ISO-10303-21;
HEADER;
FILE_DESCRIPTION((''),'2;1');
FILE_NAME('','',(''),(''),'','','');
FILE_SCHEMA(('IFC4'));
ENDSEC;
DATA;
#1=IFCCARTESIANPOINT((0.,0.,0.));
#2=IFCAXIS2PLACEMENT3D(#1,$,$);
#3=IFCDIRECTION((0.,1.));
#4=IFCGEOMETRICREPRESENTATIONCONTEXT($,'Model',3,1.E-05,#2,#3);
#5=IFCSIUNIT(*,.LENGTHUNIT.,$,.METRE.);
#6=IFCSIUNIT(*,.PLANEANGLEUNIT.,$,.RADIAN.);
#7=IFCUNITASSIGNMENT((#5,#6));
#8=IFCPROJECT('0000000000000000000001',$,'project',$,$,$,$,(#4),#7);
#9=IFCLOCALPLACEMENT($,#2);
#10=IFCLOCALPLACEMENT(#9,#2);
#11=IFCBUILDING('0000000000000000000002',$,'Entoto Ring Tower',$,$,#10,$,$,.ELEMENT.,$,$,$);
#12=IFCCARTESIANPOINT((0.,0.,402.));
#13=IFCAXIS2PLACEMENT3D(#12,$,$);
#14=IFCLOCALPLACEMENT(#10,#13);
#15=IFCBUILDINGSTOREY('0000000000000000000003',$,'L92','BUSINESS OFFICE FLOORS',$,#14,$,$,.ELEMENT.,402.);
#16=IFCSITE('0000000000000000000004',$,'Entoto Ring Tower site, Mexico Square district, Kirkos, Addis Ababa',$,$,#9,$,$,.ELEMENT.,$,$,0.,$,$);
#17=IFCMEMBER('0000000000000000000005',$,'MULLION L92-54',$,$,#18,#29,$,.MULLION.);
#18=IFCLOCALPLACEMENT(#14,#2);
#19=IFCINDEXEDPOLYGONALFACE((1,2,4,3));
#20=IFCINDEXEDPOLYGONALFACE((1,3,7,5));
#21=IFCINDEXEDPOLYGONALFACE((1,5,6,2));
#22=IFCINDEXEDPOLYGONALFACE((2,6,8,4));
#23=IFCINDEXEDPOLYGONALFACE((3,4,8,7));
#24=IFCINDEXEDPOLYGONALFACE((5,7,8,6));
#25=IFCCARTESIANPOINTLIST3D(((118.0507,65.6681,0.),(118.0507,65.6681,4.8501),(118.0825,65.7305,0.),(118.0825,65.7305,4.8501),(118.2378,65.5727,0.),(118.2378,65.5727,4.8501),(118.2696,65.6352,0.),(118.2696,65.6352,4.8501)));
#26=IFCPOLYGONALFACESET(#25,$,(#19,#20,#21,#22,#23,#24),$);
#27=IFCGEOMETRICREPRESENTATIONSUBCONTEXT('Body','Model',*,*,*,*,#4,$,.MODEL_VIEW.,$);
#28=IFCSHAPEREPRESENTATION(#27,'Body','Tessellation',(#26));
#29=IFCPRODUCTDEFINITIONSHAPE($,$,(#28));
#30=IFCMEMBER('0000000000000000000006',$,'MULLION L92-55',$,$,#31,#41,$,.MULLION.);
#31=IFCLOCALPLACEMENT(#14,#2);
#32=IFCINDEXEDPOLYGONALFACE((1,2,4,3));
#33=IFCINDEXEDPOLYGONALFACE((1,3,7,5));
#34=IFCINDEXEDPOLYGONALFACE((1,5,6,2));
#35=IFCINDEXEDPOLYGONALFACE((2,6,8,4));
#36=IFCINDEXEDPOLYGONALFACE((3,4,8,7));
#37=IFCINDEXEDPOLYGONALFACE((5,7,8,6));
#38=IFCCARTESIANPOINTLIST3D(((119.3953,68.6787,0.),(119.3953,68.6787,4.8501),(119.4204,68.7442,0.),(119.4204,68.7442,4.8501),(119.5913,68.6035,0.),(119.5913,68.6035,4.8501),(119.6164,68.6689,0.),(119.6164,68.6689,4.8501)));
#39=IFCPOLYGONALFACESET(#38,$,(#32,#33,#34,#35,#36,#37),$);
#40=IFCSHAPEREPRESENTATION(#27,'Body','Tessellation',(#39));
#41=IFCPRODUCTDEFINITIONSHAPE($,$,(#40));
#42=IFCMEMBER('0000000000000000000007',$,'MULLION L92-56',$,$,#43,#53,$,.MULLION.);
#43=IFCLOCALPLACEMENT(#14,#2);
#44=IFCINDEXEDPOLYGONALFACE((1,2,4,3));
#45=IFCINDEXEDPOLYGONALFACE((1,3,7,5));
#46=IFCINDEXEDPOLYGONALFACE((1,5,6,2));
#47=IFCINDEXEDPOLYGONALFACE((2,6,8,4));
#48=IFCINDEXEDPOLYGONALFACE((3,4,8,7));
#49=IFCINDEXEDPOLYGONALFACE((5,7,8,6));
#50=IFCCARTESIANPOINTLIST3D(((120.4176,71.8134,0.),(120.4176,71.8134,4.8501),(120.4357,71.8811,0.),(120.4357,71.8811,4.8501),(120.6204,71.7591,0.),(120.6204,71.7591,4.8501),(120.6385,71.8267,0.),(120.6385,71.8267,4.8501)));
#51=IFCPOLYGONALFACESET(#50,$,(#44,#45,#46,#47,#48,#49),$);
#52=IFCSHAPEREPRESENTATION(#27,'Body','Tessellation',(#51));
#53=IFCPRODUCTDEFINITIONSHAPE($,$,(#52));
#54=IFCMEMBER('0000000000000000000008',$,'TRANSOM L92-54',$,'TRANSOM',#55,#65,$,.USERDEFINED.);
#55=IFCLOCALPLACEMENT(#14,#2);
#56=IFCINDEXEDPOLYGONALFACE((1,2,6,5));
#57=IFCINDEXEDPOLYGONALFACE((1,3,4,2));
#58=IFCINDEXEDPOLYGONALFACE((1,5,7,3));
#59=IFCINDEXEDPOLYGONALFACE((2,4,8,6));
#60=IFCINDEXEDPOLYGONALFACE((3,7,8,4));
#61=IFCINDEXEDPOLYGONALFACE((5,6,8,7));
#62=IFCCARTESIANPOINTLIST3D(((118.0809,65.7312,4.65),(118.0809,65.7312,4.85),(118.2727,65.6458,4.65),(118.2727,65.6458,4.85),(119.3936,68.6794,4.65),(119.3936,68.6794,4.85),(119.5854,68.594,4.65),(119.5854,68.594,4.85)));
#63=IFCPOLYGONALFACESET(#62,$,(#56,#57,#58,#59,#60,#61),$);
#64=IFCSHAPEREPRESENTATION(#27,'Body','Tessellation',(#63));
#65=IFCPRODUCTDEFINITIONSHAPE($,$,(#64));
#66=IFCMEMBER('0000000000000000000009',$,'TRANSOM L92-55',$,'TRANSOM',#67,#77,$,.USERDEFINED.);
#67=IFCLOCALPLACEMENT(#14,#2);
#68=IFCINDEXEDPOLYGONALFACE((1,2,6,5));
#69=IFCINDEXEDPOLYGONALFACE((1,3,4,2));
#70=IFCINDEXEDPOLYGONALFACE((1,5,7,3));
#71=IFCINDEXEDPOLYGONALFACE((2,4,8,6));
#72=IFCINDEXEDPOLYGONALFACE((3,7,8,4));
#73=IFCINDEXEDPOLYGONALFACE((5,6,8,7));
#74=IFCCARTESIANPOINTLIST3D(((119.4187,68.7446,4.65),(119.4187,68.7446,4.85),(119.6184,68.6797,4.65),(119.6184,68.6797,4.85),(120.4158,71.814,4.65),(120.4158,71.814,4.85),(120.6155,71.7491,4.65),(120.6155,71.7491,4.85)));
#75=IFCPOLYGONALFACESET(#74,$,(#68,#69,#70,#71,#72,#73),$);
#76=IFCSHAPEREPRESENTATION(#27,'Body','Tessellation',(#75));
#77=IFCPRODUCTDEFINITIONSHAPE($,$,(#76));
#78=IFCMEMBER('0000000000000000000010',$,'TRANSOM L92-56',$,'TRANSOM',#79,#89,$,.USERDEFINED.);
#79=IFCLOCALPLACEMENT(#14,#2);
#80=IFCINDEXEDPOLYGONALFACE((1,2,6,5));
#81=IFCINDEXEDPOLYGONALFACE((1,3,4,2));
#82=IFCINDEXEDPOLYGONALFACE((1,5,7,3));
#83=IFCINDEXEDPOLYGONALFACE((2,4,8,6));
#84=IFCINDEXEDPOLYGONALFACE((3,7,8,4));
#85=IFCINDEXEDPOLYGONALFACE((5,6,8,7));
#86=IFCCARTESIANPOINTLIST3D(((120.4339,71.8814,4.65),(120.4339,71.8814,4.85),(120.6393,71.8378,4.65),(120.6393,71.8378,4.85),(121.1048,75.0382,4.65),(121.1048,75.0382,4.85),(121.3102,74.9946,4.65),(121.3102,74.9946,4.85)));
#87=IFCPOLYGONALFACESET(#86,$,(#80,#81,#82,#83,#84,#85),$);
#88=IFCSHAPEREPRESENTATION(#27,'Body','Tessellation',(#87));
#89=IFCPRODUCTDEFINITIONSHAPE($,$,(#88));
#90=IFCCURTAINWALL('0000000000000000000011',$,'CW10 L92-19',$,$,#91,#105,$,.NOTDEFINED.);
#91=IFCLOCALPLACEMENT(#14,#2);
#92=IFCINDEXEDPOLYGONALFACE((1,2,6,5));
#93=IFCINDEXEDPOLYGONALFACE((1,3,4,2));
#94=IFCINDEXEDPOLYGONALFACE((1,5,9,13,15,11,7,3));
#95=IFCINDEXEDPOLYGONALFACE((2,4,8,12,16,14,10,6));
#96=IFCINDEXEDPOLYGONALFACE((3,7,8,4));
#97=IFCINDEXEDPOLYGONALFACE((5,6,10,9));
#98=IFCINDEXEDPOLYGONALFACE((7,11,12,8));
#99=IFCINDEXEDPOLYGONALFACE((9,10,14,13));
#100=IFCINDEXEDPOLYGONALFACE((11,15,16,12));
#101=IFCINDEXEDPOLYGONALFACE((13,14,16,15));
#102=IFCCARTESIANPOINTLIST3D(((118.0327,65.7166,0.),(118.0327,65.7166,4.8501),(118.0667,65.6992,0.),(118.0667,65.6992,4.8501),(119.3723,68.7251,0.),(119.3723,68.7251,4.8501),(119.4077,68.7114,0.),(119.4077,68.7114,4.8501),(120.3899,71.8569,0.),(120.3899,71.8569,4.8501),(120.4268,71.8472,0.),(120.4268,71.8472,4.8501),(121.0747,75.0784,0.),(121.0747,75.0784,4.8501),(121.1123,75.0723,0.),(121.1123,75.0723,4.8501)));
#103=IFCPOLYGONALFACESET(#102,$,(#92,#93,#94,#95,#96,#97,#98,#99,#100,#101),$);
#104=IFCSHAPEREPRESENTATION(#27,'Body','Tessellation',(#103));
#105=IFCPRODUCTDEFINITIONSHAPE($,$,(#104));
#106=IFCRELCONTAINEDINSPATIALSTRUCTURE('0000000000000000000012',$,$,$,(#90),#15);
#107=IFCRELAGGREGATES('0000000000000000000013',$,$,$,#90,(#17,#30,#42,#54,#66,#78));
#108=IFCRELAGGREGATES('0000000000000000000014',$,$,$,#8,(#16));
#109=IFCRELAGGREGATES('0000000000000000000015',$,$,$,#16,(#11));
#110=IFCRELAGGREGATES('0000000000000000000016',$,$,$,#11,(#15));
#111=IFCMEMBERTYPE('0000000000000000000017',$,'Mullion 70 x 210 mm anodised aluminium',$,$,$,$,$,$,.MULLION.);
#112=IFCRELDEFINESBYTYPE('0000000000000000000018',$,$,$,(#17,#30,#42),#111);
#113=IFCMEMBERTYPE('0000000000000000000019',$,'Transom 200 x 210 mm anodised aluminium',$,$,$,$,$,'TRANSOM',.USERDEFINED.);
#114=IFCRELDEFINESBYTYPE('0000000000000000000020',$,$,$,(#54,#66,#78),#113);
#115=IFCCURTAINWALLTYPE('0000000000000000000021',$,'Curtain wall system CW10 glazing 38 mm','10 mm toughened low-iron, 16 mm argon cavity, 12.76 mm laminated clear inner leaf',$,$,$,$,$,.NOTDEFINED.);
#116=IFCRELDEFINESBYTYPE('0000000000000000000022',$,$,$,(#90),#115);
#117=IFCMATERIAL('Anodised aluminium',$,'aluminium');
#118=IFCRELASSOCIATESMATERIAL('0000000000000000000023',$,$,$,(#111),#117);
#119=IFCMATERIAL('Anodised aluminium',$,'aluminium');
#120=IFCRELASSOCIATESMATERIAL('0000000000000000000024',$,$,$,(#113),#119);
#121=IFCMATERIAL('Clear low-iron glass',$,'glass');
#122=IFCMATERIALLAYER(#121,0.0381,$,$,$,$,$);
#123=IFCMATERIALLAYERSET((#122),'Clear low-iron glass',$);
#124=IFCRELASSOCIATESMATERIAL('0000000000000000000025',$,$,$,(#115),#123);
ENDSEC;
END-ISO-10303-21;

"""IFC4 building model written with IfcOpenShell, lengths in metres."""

from ifc_helpers import new_model, si_unit, direction, frame, origin, origin_2d, place, context, subcontext, project, spatial, polyline, rectangle, outline, extrude, material, layer, layer_set, material_profile, profile_set, type_object, element, aggregate, save


model = new_model("IFC4")

# Units and contexts
model_context = context("Model", 3, precision=1e-05, world=origin(), true_north=direction((0.0, 1.0)))
body_context = subcontext(model_context, "Body", "Model", "MODEL_VIEW")
ifc_project = project(units=[si_unit("LENGTHUNIT", "METRE"), si_unit("PLANEANGLEUNIT", "RADIAN")], contexts=[model_context])

# Members
ifc_material_1 = material(Name="Anodised aluminium", Category="aluminium")
ifc_material_profile_1 = material_profile(ifc_material_1, rectangle(XDim=0.0701, YDim=0.21, at=origin_2d()), Name="Mullion 70 x 210 mm anodised aluminium")
ifc_profile_set_1 = profile_set([ifc_material_profile_1], Name="Anodised aluminium")
member_type_1 = type_object("IfcMemberType", Name="Mullion 70 x 210 mm anodised aluminium", PredefinedType="MULLION", material=ifc_profile_set_1)
site_placement = place(None, origin())
building_placement = place(site_placement, origin())
storey_placement = place(building_placement, frame((0.0, 0.0, 402.0)))
member_1_placement = place(storey_placement, frame((118.1602, 65.6516, 0.0), z_axis=(0.0, 0.0, 1.0), x_axis=(0.45399, 0.891007, 0.0)))
member_1 = element("IfcMember", 1, at=member_1_placement, type_object=member_type_1, Name="MULLION L92-54", PredefinedType="MULLION", context=body_context, shape_type="SweptSolid", body=[
    extrude(rectangle(XDim=0.0701, YDim=0.21, at=origin_2d()), origin(), (0.0, 0.0, 1.0), 4.8501),
])
member_2_placement = place(storey_placement, frame((119.5059, 68.6738, 0.0), z_axis=(0.0, 0.0, 1.0), x_axis=(0.358368, 0.93358, 0.0)))
member_2 = element("IfcMember", 2, at=member_2_placement, type_object=member_type_1, Name="MULLION L92-55", PredefinedType="MULLION", context=body_context, shape_type="SweptSolid", body=[
    extrude(rectangle(XDim=0.0701, YDim=0.21, at=origin_2d()), origin(), (0.0, 0.0, 1.0), 4.8501),
])
member_3_placement = place(storey_placement, frame((120.5281, 71.8201, 0.0), z_axis=(0.0, 0.0, 1.0), x_axis=(0.258819, 0.965926, 0.0)))
member_3 = element("IfcMember", 3, at=member_3_placement, type_object=member_type_1, Name="MULLION L92-56", PredefinedType="MULLION", context=body_context, shape_type="SweptSolid", body=[
    extrude(rectangle(XDim=0.0701, YDim=0.21, at=origin_2d()), origin(), (0.0, 0.0, 1.0), 4.8501),
])
ifc_material_2 = material(Name="Anodised aluminium", Category="aluminium")
ifc_material_profile_2 = material_profile(ifc_material_2, rectangle(XDim=0.21, YDim=0.2, at=origin_2d()), Name="Transom 200 x 210 mm anodised aluminium")
ifc_profile_set_2 = profile_set([ifc_material_profile_2], Name="Anodised aluminium")
member_type_2 = type_object("IfcMemberType", Name="Transom 200 x 210 mm anodised aluminium", ElementType="TRANSOM", PredefinedType="USERDEFINED", material=ifc_profile_set_2)
member_4_placement = place(storey_placement, frame((118.1768, 65.6885, 4.75), z_axis=(0.406763, 0.913534, 0.0), x_axis=(-0.913534, 0.406763, 0.0)))
member_4 = element("IfcMember", 4, at=member_4_placement, type_object=member_type_2, Name="TRANSOM L92-54", ObjectType="TRANSOM", PredefinedType="USERDEFINED", context=body_context, shape_type="SweptSolid", body=[
    extrude(rectangle(XDim=0.21, YDim=0.2, at=origin_2d()), origin(), (0.0, 0.0, 1.0), 3.2273),
])
member_5_placement = place(storey_placement, frame((119.5186, 68.7122, 4.75), z_axis=(0.308956, 0.951076, 0.0), x_axis=(-0.951076, 0.308956, 0.0)))
member_5 = element("IfcMember", 5, at=member_5_placement, type_object=member_type_2, Name="TRANSOM L92-55", ObjectType="TRANSOM", PredefinedType="USERDEFINED", context=body_context, shape_type="SweptSolid", body=[
    extrude(rectangle(XDim=0.21, YDim=0.2, at=origin_2d()), origin(), (0.0, 0.0, 1.0), 3.2273),
])
member_6_placement = place(storey_placement, frame((120.5366, 71.8596, 4.75), z_axis=(0.207886, 0.978153, 0.0), x_axis=(-0.978153, 0.207886, 0.0)))
member_6 = element("IfcMember", 6, at=member_6_placement, type_object=member_type_2, Name="TRANSOM L92-56", ObjectType="TRANSOM", PredefinedType="USERDEFINED", context=body_context, shape_type="SweptSolid", body=[
    extrude(rectangle(XDim=0.21, YDim=0.2, at=origin_2d()), origin(), (0.0, 0.0, 1.0), 3.2273),
])

# Site, building, storey
site = spatial("IfcSite", under=ifc_project, at=site_placement, Name="Entoto Ring Tower site, Mexico Square district, Kirkos, Addis Ababa", CompositionType="ELEMENT", RefElevation=0.0)
building = spatial("IfcBuilding", under=site, at=building_placement, Name="Entoto Ring Tower", CompositionType="ELEMENT")
storey = spatial("IfcBuildingStorey", under=building, at=storey_placement, Name="L92", Description="BUSINESS OFFICE FLOORS", CompositionType="ELEMENT", Elevation=402.0)

# Curtain wall
ifc_material_3 = material(Name="Clear low-iron glass", Category="glass")
ifc_layer = layer(ifc_material_3, 0.0381)
ifc_layer_set = layer_set([ifc_layer], Name="Clear low-iron glass")
curtain_wall_type = type_object("IfcCurtainWallType", Name="Curtain wall system CW10 glazing 38 mm", Description="10 mm toughened low-iron, 16 mm argon cavity, 12.76 mm laminated clear inner leaf", PredefinedType="NOTDEFINED", material=ifc_layer_set)
curtain_wall_1_placement = place(storey_placement, origin())
curtain_wall_1 = element("IfcCurtainWall", 7, at=curtain_wall_1_placement, inside=storey, type_object=curtain_wall_type, Name="CW10 L92-19", PredefinedType="NOTDEFINED", context=body_context, shape_type="SweptSolid", body=[
    extrude(outline(polyline([(118.0667, 65.6992), (119.4077, 68.7114), (120.4268, 71.8472), (121.1123, 75.0723), (121.0747, 75.0784), (120.3899, 71.8569), (119.3723, 68.7251), (118.0327, 65.7166), (118.0667, 65.6992)])), origin(), (0.0, 0.0, 1.0), 4.8501),
])
aggregate(curtain_wall_1, [member_1, member_2, member_3, member_4, member_5, member_6])

save(model, "model.ifc")
